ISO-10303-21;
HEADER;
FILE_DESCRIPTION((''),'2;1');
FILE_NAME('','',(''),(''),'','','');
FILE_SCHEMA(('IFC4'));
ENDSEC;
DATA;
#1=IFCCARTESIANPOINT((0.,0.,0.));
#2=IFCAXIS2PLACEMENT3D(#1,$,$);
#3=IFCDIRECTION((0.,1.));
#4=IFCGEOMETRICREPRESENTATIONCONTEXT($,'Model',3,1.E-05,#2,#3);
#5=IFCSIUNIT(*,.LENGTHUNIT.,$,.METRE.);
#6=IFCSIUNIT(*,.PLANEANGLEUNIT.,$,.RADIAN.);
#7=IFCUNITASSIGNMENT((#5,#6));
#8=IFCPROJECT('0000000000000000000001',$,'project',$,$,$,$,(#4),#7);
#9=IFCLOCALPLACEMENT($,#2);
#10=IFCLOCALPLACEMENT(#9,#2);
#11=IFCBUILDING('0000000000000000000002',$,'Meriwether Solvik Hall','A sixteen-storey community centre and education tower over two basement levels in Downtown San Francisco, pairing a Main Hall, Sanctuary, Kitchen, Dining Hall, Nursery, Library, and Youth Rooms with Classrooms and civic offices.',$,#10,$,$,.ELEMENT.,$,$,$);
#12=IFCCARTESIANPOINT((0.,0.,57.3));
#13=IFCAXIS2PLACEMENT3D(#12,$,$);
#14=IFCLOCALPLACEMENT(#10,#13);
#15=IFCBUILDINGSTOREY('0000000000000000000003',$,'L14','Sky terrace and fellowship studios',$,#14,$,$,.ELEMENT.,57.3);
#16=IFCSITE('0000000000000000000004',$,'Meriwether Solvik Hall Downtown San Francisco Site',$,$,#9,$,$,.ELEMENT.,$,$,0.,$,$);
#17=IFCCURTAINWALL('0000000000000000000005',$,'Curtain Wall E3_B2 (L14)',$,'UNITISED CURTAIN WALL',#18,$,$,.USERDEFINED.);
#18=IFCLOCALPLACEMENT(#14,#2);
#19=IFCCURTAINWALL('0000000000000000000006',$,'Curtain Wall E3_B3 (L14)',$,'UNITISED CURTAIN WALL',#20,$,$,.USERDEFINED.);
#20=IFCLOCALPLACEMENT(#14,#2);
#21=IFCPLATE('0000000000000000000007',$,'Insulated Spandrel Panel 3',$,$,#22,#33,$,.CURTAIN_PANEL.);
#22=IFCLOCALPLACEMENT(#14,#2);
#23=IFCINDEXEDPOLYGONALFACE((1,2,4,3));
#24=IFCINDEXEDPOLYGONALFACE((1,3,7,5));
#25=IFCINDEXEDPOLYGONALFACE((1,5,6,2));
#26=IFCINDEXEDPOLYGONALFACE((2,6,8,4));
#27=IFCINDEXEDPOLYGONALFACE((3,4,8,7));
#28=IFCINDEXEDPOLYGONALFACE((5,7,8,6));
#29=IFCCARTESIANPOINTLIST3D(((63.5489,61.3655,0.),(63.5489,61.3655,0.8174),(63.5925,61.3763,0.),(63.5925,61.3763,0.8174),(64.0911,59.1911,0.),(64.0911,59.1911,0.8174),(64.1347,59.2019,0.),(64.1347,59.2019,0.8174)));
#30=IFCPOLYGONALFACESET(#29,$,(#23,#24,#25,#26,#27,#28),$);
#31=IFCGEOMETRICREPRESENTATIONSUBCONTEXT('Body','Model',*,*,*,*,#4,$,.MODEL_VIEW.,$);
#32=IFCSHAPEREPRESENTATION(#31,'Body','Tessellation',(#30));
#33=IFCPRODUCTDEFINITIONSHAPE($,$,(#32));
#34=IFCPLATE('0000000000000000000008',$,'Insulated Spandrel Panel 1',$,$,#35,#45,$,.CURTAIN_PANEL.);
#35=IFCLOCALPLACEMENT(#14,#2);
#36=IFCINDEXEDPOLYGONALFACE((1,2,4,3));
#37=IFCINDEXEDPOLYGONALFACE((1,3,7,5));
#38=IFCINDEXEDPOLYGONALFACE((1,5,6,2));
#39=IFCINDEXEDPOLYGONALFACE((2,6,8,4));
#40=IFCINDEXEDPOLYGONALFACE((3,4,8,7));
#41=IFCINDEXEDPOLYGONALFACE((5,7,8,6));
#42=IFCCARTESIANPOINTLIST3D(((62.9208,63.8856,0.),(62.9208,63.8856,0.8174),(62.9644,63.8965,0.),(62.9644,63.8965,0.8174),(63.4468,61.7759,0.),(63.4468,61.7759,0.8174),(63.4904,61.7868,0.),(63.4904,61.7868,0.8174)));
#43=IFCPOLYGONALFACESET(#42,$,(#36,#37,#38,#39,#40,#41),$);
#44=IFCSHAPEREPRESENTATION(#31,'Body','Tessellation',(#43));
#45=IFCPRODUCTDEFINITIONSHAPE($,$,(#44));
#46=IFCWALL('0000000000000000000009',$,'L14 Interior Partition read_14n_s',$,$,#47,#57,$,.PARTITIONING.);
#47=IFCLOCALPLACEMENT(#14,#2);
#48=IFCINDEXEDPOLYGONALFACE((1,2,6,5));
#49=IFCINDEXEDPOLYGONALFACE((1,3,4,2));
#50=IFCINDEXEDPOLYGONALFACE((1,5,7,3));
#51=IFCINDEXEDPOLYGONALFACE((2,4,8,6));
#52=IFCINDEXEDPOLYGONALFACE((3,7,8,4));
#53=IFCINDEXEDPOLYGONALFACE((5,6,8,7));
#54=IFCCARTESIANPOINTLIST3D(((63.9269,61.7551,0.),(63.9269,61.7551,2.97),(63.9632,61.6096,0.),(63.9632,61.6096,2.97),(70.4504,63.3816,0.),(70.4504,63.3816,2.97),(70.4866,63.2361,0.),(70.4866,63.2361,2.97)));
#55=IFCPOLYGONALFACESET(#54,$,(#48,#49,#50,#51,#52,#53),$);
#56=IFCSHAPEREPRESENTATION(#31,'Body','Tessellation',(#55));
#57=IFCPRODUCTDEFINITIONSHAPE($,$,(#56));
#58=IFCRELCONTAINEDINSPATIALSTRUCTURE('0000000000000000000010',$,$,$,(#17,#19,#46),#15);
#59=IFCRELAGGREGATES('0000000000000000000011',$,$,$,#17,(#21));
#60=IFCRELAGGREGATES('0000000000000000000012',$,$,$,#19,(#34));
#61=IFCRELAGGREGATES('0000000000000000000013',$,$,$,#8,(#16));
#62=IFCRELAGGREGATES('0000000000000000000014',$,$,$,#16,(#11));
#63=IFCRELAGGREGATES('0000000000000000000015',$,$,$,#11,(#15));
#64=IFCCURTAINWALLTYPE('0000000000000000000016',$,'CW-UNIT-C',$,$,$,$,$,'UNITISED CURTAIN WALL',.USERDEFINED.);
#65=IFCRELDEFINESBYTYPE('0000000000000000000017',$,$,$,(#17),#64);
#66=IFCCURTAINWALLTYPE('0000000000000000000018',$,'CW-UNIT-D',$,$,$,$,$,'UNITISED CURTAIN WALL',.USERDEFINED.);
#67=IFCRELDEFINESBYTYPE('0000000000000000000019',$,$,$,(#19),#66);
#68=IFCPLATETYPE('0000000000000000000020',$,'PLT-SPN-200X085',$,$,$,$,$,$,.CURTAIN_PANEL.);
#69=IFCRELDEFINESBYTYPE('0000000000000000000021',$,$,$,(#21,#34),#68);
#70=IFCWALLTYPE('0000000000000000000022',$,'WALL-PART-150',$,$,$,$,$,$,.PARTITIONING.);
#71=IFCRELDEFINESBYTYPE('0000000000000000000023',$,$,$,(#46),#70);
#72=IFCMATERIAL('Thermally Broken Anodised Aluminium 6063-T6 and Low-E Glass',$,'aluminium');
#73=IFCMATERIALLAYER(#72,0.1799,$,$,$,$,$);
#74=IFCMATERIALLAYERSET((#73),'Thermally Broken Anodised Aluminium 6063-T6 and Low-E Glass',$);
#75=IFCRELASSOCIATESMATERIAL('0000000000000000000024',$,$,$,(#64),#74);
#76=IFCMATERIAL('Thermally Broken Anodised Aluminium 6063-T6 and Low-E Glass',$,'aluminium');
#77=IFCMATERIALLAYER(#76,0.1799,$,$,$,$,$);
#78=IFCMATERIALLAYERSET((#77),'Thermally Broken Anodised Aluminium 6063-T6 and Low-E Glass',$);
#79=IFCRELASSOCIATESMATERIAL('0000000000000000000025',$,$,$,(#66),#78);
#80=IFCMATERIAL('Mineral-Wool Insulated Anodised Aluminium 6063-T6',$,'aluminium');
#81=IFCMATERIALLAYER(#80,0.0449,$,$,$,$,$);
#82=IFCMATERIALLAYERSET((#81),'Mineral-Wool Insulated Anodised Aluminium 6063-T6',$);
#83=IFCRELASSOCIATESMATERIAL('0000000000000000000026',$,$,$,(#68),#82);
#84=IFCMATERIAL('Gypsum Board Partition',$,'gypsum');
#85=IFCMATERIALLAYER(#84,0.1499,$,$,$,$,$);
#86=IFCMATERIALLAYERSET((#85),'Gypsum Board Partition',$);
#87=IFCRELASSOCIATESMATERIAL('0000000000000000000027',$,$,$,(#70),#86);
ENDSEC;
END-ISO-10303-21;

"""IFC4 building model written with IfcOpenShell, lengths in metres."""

from ifc_helpers import new_model, si_unit, direction, frame, frame_2d, origin, origin_2d, place, context, subcontext, project, spatial, rectangle, extrude, material, layer, layer_set, type_object, element, aggregate, save


model = new_model("IFC4")

# Units and contexts
model_context = context("Model", 3, precision=1e-05, world=origin(), true_north=direction((0.0, 1.0)))
body_context = subcontext(model_context, "Body", "Model", "MODEL_VIEW")
ifc_project = project(units=[si_unit("LENGTHUNIT", "METRE"), si_unit("PLANEANGLEUNIT", "RADIAN")], contexts=[model_context])

# Site, building, storey
site_placement = place(None, origin())
site = spatial("IfcSite", under=ifc_project, at=site_placement, Name="Meriwether Solvik Hall Downtown San Francisco Site", CompositionType="ELEMENT", RefElevation=0.0)
building_placement = place(site_placement, origin())
building = spatial("IfcBuilding", under=site, at=building_placement, Name="Meriwether Solvik Hall", Description="A sixteen-storey community centre and education tower over two basement levels in Downtown San Francisco, pairing a Main Hall, Sanctuary, Kitchen, Dining Hall, Nursery, Library, and Youth Rooms with Classrooms and civic offices.", CompositionType="ELEMENT")
storey_placement = place(building_placement, frame((0.0, 0.0, 57.3)))
storey = spatial("IfcBuildingStorey", under=building, at=storey_placement, Name="L14", Description="Sky terrace and fellowship studios", CompositionType="ELEMENT", Elevation=57.3)

# Curtain walls
ifc_material_1 = material(Name="Thermally Broken Anodised Aluminium 6063-T6 and Low-E Glass", Category="aluminium")
ifc_layer_1 = layer(ifc_material_1, 0.1799)
ifc_layer_set_1 = layer_set([ifc_layer_1], Name="Thermally Broken Anodised Aluminium 6063-T6 and Low-E Glass")
curtain_wall_type_1 = type_object("IfcCurtainWallType", Name="CW-UNIT-C", ElementType="UNITISED CURTAIN WALL", PredefinedType="USERDEFINED", material=ifc_layer_set_1)
curtain_wall_1_placement = place(storey_placement, origin())
curtain_wall_1 = element("IfcCurtainWall", 1, at=curtain_wall_1_placement, inside=storey, type_object=curtain_wall_type_1, Name="Curtain Wall E3_B2 (L14)", ObjectType="UNITISED CURTAIN WALL", PredefinedType="USERDEFINED")
ifc_material_2 = material(Name="Thermally Broken Anodised Aluminium 6063-T6 and Low-E Glass", Category="aluminium")
ifc_layer_2 = layer(ifc_material_2, 0.1799)
ifc_layer_set_2 = layer_set([ifc_layer_2], Name="Thermally Broken Anodised Aluminium 6063-T6 and Low-E Glass")
curtain_wall_type_2 = type_object("IfcCurtainWallType", Name="CW-UNIT-D", ElementType="UNITISED CURTAIN WALL", PredefinedType="USERDEFINED", material=ifc_layer_set_2)
curtain_wall_2_placement = place(storey_placement, origin())
curtain_wall_2 = element("IfcCurtainWall", 2, at=curtain_wall_2_placement, inside=storey, type_object=curtain_wall_type_2, Name="Curtain Wall E3_B3 (L14)", ObjectType="UNITISED CURTAIN WALL", PredefinedType="USERDEFINED")

# Plates
ifc_material_3 = material(Name="Mineral-Wool Insulated Anodised Aluminium 6063-T6", Category="aluminium")
ifc_layer_3 = layer(ifc_material_3, 0.0449)
ifc_layer_set_3 = layer_set([ifc_layer_3], Name="Mineral-Wool Insulated Anodised Aluminium 6063-T6")
plate_type_1 = type_object("IfcPlateType", Name="PLT-SPN-200X085", PredefinedType="CURTAIN_PANEL", material=ifc_layer_set_3)
plate_1_placement = place(storey_placement, frame((63.8418, 60.2837, 0.0), z_axis=(0.0, 0.0, 1.0), x_axis=(-0.241922, 0.970296, 0.0)))
plate_1 = element("IfcPlate", 3, at=plate_1_placement, type_object=plate_type_1, Name="Insulated Spandrel Panel 3", PredefinedType="CURTAIN_PANEL", context=body_context, shape_type="SweptSolid", body=[
    extrude(rectangle(XDim=2.241, YDim=0.0449, at=origin_2d()), origin(), (0.0, 0.0, 1.0), 0.8174),
])
aggregate(curtain_wall_1, [plate_1])
plate_2_placement = place(storey_placement, frame((63.2056, 62.8362, 0.0), z_axis=(0.0, 0.0, 1.0), x_axis=(-0.241922, 0.970296, 0.0)))
plate_2 = element("IfcPlate", 4, at=plate_2_placement, type_object=plate_type_1, Name="Insulated Spandrel Panel 1", PredefinedType="CURTAIN_PANEL", context=body_context, shape_type="SweptSolid", body=[
    extrude(rectangle(XDim=2.1743, YDim=0.0449, at=origin_2d()), origin(), (0.0, 0.0, 1.0), 0.8174),
])
aggregate(curtain_wall_2, [plate_2])

# Wall
ifc_material_4 = material(Name="Gypsum Board Partition", Category="gypsum")
ifc_layer_4 = layer(ifc_material_4, 0.1499)
ifc_layer_set_4 = layer_set([ifc_layer_4], Name="Gypsum Board Partition")
wall_type = type_object("IfcWallType", Name="WALL-PART-150", PredefinedType="PARTITIONING", material=ifc_layer_set_4)
wall_placement = place(storey_placement, frame((63.9451, 61.6824, 0.0), z_axis=(0.0, 0.0, 1.0), x_axis=(0.970296, 0.24192, 0.0)))
element("IfcWall", 5, at=wall_placement, inside=storey, type_object=wall_type, Name="L14 Interior Partition read_14n_s", PredefinedType="PARTITIONING", context=body_context, shape_type="SweptSolid", body=[
    extrude(rectangle(XDim=6.7231, YDim=0.1499, at=frame_2d((3.3616, 0.0))), origin(), (0.0, 0.0, 1.0), 2.97),
])

save(model, "model.ifc")
